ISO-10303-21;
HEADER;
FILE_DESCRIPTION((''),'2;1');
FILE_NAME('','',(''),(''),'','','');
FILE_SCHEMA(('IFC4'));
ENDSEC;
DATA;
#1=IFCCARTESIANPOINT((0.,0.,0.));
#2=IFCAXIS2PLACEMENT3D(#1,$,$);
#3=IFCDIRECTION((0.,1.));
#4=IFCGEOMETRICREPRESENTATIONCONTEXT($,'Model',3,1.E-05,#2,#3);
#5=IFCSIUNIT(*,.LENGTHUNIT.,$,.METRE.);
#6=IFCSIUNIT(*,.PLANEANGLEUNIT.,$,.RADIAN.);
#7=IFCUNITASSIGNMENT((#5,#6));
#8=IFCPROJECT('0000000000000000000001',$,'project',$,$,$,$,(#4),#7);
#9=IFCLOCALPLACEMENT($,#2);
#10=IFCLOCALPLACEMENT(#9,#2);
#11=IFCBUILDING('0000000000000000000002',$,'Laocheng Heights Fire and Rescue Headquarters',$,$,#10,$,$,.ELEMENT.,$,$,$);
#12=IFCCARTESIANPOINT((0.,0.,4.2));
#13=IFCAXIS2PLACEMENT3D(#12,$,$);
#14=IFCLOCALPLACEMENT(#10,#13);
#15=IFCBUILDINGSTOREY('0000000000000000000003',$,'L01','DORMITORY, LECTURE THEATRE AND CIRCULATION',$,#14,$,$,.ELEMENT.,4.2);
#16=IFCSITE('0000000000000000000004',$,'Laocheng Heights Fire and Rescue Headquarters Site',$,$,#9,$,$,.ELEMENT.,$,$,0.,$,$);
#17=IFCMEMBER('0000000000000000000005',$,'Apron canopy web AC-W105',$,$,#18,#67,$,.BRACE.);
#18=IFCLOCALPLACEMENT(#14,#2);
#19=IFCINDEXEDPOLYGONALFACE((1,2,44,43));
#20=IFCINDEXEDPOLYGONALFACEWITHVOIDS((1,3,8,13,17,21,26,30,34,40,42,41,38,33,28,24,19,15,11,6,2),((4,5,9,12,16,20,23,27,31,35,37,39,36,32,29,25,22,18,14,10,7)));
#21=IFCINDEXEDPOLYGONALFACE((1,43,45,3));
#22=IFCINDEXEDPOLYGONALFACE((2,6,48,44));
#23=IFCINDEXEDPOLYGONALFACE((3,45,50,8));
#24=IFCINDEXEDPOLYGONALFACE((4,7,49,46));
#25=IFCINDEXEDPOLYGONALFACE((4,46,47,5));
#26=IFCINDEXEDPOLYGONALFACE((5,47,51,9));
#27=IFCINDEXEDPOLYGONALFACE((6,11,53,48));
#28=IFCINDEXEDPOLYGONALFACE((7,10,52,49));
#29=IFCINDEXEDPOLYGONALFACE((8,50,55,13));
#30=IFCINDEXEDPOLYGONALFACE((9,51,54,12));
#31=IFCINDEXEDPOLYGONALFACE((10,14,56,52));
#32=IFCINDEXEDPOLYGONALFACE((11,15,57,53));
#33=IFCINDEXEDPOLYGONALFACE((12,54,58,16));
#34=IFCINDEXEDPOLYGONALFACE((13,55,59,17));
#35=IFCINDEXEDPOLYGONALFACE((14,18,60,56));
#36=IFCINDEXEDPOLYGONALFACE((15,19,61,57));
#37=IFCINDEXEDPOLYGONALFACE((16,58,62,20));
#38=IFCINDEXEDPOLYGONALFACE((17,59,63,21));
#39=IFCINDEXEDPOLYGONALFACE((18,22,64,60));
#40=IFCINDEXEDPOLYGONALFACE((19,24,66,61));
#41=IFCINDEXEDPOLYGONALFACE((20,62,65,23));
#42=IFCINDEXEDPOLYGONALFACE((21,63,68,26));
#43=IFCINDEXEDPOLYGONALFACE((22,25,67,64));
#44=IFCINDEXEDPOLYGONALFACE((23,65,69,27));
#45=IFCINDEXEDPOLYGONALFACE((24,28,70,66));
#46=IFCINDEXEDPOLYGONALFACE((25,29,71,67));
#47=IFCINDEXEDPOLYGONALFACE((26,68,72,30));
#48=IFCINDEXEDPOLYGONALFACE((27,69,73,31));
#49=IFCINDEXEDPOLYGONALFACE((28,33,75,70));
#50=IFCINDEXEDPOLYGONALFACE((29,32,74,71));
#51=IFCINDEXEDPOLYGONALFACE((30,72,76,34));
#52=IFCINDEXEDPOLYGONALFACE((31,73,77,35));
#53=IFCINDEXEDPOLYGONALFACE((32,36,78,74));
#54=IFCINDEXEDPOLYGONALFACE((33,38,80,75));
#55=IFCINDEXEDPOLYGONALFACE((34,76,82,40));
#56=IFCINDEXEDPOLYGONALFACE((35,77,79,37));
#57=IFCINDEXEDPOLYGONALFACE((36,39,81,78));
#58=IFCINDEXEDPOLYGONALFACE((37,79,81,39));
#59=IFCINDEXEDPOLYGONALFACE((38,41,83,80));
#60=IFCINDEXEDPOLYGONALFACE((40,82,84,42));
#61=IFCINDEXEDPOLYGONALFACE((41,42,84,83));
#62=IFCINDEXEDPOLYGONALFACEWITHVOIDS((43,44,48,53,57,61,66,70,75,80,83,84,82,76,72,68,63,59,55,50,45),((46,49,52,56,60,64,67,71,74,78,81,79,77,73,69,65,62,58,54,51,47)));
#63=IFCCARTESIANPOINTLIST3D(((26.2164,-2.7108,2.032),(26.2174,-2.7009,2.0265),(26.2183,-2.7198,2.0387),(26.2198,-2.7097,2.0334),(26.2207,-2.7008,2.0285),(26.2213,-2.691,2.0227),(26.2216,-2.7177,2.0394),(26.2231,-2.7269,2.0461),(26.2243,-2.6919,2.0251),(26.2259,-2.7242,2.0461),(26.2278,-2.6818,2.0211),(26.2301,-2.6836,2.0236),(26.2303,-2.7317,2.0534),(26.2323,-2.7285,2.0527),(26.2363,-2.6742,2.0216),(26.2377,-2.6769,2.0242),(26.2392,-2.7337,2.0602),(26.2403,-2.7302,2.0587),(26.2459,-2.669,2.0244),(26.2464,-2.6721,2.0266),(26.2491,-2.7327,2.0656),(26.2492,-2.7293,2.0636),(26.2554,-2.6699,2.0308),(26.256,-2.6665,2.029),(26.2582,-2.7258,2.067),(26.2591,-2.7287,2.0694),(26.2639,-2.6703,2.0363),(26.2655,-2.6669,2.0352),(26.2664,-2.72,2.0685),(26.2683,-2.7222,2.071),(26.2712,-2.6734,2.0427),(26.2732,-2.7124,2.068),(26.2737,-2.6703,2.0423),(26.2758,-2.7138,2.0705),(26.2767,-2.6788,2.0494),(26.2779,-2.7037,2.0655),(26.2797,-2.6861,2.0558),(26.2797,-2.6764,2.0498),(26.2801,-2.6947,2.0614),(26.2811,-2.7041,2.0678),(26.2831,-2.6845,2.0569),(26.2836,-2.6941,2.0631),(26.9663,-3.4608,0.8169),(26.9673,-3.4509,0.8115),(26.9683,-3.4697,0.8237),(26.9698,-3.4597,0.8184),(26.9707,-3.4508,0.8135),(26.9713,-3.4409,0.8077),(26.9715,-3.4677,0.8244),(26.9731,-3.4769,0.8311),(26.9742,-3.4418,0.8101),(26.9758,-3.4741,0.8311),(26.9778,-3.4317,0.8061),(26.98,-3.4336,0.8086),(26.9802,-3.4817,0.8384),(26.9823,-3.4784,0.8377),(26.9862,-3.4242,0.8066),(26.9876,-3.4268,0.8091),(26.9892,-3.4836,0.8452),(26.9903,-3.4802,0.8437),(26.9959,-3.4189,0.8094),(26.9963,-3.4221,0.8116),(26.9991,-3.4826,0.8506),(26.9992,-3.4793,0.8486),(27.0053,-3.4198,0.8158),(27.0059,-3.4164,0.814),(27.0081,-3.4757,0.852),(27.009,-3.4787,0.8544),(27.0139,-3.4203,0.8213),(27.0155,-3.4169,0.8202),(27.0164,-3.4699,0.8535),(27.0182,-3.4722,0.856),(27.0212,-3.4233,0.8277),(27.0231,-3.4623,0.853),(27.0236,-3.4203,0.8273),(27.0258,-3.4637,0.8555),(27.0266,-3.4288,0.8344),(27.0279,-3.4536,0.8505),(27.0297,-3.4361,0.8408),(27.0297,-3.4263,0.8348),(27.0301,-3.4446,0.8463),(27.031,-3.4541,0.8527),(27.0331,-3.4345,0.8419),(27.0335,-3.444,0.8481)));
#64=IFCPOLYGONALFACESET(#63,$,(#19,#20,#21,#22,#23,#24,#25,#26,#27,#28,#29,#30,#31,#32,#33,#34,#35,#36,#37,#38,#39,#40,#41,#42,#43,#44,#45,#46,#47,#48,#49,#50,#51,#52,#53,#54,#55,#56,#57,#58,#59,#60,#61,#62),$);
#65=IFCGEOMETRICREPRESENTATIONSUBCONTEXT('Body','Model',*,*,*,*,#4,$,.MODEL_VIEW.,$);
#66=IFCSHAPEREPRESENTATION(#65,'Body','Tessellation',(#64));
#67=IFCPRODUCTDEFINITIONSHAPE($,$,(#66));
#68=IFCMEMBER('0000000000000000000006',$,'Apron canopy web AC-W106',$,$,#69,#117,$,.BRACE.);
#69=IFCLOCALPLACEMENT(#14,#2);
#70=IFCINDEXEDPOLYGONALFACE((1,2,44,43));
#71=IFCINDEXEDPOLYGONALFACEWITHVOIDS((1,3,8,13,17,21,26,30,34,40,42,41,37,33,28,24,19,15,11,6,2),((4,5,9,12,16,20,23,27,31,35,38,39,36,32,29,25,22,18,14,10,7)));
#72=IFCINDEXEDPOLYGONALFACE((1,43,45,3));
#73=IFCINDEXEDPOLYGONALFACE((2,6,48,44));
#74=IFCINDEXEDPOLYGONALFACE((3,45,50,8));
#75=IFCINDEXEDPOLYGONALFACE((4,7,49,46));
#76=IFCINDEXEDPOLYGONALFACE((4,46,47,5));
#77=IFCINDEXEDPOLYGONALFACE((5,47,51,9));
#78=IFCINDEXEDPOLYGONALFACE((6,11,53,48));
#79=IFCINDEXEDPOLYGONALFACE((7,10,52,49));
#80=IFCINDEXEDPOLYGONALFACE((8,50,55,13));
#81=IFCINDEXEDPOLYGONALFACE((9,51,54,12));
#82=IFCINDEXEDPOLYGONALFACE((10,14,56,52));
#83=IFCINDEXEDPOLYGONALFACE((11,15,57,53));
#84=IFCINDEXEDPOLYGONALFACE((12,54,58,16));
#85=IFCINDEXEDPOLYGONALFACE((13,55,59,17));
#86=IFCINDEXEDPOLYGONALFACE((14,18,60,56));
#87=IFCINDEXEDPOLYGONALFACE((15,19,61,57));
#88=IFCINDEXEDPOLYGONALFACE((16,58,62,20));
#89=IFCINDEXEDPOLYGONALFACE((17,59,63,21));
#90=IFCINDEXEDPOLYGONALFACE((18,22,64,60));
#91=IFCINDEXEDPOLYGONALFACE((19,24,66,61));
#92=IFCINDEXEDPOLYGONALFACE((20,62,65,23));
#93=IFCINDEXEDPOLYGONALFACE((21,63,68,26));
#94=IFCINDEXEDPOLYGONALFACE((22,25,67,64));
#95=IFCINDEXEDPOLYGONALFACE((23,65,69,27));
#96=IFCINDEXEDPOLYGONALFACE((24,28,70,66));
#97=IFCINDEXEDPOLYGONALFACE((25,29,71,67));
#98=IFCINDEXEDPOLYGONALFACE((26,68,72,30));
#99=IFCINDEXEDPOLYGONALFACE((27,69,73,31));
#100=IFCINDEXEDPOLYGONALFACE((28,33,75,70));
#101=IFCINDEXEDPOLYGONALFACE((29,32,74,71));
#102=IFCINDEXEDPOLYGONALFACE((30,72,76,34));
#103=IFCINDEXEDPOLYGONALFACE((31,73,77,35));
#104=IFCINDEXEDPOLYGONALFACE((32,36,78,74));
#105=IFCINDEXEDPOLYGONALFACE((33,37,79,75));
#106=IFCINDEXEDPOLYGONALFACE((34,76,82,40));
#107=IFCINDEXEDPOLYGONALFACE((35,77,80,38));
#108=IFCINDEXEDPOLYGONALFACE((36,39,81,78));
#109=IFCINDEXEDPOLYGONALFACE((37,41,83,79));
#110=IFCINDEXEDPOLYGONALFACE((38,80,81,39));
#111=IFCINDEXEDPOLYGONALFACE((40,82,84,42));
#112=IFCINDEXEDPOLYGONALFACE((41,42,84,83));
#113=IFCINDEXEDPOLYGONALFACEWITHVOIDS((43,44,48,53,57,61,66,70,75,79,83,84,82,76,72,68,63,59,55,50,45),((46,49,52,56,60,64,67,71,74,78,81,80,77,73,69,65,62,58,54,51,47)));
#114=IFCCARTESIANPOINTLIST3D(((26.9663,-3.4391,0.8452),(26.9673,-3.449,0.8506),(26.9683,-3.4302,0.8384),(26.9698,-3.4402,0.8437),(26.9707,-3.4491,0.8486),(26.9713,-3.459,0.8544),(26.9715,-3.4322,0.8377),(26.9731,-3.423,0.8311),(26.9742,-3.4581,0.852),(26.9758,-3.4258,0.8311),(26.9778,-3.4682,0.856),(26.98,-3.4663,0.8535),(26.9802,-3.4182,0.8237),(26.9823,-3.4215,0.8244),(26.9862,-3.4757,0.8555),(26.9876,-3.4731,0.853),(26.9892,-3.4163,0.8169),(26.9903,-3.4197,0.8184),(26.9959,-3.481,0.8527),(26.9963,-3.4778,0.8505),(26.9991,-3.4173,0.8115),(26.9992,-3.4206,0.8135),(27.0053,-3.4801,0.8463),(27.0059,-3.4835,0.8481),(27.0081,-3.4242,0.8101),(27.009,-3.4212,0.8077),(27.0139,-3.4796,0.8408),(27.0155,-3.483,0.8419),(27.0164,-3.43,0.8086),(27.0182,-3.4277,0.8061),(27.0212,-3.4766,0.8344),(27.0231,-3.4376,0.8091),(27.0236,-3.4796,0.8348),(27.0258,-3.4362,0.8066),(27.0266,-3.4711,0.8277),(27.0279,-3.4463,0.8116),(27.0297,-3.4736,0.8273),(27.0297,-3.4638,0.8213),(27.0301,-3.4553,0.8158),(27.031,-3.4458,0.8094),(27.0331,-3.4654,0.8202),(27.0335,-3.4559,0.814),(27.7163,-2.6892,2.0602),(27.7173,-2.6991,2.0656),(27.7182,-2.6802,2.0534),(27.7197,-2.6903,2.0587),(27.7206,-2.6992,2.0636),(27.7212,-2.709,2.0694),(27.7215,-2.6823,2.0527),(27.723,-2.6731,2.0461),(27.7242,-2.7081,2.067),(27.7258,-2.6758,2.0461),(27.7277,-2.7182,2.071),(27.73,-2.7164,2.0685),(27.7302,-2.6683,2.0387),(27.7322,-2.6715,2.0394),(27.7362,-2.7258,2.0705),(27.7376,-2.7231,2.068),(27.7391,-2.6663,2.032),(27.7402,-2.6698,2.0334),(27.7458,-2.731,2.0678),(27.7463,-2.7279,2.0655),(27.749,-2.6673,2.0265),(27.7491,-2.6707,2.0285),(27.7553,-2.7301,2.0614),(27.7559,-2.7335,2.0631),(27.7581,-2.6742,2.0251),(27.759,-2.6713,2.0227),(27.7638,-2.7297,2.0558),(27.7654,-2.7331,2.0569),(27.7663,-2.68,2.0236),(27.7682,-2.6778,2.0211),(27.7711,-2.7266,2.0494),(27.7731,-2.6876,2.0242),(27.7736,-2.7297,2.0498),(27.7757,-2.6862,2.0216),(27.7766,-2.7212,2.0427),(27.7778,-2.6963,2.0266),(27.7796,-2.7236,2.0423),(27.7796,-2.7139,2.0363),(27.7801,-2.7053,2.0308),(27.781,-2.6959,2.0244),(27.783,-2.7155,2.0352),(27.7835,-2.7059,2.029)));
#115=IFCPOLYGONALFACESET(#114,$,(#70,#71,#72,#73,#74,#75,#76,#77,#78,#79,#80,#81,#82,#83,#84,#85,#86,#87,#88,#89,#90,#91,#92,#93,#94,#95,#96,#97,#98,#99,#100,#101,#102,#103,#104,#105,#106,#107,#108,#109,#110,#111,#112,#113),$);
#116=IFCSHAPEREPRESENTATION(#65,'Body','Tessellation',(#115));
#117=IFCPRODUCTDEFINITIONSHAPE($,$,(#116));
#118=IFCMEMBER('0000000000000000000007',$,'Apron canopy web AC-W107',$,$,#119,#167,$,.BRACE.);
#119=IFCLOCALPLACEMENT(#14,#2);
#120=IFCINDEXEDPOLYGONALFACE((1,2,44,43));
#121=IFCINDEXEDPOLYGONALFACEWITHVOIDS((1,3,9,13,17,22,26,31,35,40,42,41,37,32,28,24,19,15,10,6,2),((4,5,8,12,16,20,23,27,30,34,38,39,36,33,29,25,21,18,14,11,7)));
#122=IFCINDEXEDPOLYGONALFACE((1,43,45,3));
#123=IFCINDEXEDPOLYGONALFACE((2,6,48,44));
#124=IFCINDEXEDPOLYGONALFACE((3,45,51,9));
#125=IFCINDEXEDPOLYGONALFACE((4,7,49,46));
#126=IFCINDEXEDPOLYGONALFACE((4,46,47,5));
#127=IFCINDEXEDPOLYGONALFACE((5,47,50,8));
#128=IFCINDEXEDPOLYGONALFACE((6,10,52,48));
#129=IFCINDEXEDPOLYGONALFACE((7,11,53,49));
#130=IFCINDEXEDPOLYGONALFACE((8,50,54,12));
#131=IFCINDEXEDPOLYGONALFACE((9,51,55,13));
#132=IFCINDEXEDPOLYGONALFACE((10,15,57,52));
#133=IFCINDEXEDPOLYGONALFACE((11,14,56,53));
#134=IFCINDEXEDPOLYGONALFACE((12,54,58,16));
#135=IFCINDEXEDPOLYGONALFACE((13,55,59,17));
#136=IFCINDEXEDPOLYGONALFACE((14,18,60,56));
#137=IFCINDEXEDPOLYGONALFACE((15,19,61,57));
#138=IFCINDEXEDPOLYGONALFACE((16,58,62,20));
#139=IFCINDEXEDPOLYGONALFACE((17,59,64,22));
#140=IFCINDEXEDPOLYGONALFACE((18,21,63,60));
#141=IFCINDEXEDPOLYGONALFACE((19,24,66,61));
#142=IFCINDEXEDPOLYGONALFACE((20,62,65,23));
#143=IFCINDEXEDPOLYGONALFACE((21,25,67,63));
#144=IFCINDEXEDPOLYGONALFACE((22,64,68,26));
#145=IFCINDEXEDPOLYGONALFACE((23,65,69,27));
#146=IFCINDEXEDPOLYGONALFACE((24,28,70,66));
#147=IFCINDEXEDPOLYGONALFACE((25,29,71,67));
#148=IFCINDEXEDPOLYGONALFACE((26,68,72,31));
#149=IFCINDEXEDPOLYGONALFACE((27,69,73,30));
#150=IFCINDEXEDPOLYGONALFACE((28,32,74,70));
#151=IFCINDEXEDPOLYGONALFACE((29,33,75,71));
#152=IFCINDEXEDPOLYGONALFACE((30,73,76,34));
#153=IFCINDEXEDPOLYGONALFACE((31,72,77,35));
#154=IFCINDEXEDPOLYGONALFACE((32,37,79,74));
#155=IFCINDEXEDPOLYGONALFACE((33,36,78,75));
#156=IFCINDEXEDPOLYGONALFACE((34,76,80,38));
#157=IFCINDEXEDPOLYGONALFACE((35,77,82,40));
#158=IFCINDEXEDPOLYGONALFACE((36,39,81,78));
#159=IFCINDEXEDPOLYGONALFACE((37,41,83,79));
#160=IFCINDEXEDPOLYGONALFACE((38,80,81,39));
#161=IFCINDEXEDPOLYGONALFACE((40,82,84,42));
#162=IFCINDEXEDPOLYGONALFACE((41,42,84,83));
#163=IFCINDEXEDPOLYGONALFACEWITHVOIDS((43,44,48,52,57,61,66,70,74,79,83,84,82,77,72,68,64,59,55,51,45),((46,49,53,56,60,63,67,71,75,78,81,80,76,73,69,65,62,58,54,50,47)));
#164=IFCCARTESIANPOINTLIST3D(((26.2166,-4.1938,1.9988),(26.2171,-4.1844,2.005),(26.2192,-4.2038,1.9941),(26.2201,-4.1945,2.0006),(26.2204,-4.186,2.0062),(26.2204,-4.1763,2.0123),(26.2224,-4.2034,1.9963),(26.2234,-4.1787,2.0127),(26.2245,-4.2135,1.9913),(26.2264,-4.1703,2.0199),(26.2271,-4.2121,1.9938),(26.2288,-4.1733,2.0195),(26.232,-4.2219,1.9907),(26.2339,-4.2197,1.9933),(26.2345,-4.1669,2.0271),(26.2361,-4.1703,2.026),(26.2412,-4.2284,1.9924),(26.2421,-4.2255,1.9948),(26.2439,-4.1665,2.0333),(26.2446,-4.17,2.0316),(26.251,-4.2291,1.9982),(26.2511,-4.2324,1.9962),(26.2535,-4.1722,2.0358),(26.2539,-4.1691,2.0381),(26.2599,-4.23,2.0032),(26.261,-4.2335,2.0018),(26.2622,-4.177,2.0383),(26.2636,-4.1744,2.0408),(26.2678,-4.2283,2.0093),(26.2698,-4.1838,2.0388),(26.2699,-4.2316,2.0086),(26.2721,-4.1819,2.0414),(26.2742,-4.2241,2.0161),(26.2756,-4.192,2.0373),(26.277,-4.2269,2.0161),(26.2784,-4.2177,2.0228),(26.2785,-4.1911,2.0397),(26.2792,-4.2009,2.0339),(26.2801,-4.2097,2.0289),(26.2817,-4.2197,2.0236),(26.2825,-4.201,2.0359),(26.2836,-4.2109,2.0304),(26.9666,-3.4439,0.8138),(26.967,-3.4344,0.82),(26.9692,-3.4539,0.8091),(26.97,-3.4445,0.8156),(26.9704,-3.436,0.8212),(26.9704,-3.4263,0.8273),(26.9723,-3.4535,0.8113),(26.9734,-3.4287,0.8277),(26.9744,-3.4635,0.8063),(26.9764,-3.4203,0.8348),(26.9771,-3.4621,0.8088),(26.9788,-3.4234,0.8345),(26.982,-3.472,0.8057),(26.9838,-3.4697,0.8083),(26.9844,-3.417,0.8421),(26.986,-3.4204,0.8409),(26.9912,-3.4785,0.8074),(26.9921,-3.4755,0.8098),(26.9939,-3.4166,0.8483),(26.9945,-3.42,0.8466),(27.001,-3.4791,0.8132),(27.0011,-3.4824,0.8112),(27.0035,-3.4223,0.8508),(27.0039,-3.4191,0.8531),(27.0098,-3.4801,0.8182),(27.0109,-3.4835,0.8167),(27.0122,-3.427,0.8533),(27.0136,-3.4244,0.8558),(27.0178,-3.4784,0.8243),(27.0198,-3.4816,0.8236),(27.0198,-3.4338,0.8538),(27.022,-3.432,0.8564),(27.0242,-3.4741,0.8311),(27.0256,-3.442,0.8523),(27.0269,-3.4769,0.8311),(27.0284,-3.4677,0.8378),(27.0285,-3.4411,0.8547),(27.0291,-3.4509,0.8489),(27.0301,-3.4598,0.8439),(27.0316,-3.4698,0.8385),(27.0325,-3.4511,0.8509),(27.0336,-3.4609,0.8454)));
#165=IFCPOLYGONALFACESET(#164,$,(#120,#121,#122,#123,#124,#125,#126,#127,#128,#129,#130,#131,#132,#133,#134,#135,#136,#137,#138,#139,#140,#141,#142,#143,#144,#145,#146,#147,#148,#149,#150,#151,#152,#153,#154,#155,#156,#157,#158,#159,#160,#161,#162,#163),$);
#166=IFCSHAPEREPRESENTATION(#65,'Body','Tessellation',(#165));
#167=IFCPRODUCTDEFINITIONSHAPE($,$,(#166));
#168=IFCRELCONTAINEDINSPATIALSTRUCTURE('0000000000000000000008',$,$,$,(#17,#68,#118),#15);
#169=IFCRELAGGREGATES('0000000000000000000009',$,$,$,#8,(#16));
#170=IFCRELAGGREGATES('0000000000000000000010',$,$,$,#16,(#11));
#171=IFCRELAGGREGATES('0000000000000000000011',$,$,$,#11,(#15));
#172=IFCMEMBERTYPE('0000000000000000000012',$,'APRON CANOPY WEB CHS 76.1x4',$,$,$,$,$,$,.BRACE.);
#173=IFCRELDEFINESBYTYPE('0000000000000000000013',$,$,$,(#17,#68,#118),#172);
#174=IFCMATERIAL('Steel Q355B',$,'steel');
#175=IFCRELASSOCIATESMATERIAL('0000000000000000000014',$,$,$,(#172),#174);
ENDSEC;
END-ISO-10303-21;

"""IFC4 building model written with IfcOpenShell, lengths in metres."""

from ifc_helpers import new_model, si_unit, direction, frame, origin, origin_2d, place, context, subcontext, project, spatial, hollow_circle, extrude, material, material_profile, profile_set, type_object, element, save


model = new_model("IFC4")

# Units and contexts
model_context = context("Model", 3, precision=1e-05, world=origin(), true_north=direction((0.0, 1.0)))
body_context = subcontext(model_context, "Body", "Model", "MODEL_VIEW")
ifc_project = project(units=[si_unit("LENGTHUNIT", "METRE"), si_unit("PLANEANGLEUNIT", "RADIAN")], contexts=[model_context])

# Site, building, storey
site_placement = place(None, origin())
site = spatial("IfcSite", under=ifc_project, at=site_placement, Name="Laocheng Heights Fire and Rescue Headquarters Site", CompositionType="ELEMENT", RefElevation=0.0)
building_placement = place(site_placement, origin())
building = spatial("IfcBuilding", under=site, at=building_placement, Name="Laocheng Heights Fire and Rescue Headquarters", CompositionType="ELEMENT")
storey_placement = place(building_placement, frame((0.0, 0.0, 4.2)))
storey = spatial("IfcBuildingStorey", under=building, at=storey_placement, Name="L01", Description="DORMITORY, LECTURE THEATRE AND CIRCULATION", CompositionType="ELEMENT", Elevation=4.2)

# Members
ifc_material_1 = material(Name="Steel Q355B", Category="steel")
ifc_material_profile_1 = material_profile(ifc_material_1, hollow_circle(Radius=0.0381, WallThickness=0.0039, at=origin_2d()), Name="CHS 76.1x4")
ifc_profile_set_1 = profile_set([ifc_material_profile_1], Name="Steel Q355B")
member_type_1 = type_object("IfcMemberType", Name="APRON CANOPY WEB CHS 76.1x4", PredefinedType="BRACE", material=ifc_profile_set_1)
for number, where, z_axis, x_axis, name in (
    (1, (27.0, -3.45, 0.8311), (-0.465002, 0.465002, 0.753357), (-0.707107, -0.707107, 0.0), "Apron canopy web AC-W105"),
    (2, (27.0, -3.45, 0.8311), (0.465002, 0.465002, 0.753357), (-0.707107, 0.707107, 0.0), "Apron canopy web AC-W106"),
):
    element("IfcMember", number, at=place(storey_placement, frame(where, z_axis=z_axis, x_axis=x_axis)), inside=storey, type_object=member_type_1, Name=name, PredefinedType="BRACE", context=body_context, shape_type="SweptSolid", body=[
        extrude(hollow_circle(Radius=0.0381, WallThickness=0.0039, at=origin_2d()), origin(), (0.0, 0.0, 1.0), 1.6128),
    ])
for number, where, z_axis, x_axis, name in (
    (3, (27.0, -3.45, 0.8311), (-0.47158, -0.47158, 0.745134), (0.707107, -0.707107, 0.0), "Apron canopy web AC-W107"),
):
    element("IfcMember", number, at=place(storey_placement, frame(where, z_axis=z_axis, x_axis=x_axis)), inside=storey, type_object=member_type_1, Name=name, PredefinedType="BRACE", context=body_context, shape_type="SweptSolid", body=[
        extrude(hollow_circle(Radius=0.0381, WallThickness=0.0039, at=origin_2d()), origin(), (0.0, 0.0, 1.0), 1.5903),
    ])

save(model, "model.ifc")
